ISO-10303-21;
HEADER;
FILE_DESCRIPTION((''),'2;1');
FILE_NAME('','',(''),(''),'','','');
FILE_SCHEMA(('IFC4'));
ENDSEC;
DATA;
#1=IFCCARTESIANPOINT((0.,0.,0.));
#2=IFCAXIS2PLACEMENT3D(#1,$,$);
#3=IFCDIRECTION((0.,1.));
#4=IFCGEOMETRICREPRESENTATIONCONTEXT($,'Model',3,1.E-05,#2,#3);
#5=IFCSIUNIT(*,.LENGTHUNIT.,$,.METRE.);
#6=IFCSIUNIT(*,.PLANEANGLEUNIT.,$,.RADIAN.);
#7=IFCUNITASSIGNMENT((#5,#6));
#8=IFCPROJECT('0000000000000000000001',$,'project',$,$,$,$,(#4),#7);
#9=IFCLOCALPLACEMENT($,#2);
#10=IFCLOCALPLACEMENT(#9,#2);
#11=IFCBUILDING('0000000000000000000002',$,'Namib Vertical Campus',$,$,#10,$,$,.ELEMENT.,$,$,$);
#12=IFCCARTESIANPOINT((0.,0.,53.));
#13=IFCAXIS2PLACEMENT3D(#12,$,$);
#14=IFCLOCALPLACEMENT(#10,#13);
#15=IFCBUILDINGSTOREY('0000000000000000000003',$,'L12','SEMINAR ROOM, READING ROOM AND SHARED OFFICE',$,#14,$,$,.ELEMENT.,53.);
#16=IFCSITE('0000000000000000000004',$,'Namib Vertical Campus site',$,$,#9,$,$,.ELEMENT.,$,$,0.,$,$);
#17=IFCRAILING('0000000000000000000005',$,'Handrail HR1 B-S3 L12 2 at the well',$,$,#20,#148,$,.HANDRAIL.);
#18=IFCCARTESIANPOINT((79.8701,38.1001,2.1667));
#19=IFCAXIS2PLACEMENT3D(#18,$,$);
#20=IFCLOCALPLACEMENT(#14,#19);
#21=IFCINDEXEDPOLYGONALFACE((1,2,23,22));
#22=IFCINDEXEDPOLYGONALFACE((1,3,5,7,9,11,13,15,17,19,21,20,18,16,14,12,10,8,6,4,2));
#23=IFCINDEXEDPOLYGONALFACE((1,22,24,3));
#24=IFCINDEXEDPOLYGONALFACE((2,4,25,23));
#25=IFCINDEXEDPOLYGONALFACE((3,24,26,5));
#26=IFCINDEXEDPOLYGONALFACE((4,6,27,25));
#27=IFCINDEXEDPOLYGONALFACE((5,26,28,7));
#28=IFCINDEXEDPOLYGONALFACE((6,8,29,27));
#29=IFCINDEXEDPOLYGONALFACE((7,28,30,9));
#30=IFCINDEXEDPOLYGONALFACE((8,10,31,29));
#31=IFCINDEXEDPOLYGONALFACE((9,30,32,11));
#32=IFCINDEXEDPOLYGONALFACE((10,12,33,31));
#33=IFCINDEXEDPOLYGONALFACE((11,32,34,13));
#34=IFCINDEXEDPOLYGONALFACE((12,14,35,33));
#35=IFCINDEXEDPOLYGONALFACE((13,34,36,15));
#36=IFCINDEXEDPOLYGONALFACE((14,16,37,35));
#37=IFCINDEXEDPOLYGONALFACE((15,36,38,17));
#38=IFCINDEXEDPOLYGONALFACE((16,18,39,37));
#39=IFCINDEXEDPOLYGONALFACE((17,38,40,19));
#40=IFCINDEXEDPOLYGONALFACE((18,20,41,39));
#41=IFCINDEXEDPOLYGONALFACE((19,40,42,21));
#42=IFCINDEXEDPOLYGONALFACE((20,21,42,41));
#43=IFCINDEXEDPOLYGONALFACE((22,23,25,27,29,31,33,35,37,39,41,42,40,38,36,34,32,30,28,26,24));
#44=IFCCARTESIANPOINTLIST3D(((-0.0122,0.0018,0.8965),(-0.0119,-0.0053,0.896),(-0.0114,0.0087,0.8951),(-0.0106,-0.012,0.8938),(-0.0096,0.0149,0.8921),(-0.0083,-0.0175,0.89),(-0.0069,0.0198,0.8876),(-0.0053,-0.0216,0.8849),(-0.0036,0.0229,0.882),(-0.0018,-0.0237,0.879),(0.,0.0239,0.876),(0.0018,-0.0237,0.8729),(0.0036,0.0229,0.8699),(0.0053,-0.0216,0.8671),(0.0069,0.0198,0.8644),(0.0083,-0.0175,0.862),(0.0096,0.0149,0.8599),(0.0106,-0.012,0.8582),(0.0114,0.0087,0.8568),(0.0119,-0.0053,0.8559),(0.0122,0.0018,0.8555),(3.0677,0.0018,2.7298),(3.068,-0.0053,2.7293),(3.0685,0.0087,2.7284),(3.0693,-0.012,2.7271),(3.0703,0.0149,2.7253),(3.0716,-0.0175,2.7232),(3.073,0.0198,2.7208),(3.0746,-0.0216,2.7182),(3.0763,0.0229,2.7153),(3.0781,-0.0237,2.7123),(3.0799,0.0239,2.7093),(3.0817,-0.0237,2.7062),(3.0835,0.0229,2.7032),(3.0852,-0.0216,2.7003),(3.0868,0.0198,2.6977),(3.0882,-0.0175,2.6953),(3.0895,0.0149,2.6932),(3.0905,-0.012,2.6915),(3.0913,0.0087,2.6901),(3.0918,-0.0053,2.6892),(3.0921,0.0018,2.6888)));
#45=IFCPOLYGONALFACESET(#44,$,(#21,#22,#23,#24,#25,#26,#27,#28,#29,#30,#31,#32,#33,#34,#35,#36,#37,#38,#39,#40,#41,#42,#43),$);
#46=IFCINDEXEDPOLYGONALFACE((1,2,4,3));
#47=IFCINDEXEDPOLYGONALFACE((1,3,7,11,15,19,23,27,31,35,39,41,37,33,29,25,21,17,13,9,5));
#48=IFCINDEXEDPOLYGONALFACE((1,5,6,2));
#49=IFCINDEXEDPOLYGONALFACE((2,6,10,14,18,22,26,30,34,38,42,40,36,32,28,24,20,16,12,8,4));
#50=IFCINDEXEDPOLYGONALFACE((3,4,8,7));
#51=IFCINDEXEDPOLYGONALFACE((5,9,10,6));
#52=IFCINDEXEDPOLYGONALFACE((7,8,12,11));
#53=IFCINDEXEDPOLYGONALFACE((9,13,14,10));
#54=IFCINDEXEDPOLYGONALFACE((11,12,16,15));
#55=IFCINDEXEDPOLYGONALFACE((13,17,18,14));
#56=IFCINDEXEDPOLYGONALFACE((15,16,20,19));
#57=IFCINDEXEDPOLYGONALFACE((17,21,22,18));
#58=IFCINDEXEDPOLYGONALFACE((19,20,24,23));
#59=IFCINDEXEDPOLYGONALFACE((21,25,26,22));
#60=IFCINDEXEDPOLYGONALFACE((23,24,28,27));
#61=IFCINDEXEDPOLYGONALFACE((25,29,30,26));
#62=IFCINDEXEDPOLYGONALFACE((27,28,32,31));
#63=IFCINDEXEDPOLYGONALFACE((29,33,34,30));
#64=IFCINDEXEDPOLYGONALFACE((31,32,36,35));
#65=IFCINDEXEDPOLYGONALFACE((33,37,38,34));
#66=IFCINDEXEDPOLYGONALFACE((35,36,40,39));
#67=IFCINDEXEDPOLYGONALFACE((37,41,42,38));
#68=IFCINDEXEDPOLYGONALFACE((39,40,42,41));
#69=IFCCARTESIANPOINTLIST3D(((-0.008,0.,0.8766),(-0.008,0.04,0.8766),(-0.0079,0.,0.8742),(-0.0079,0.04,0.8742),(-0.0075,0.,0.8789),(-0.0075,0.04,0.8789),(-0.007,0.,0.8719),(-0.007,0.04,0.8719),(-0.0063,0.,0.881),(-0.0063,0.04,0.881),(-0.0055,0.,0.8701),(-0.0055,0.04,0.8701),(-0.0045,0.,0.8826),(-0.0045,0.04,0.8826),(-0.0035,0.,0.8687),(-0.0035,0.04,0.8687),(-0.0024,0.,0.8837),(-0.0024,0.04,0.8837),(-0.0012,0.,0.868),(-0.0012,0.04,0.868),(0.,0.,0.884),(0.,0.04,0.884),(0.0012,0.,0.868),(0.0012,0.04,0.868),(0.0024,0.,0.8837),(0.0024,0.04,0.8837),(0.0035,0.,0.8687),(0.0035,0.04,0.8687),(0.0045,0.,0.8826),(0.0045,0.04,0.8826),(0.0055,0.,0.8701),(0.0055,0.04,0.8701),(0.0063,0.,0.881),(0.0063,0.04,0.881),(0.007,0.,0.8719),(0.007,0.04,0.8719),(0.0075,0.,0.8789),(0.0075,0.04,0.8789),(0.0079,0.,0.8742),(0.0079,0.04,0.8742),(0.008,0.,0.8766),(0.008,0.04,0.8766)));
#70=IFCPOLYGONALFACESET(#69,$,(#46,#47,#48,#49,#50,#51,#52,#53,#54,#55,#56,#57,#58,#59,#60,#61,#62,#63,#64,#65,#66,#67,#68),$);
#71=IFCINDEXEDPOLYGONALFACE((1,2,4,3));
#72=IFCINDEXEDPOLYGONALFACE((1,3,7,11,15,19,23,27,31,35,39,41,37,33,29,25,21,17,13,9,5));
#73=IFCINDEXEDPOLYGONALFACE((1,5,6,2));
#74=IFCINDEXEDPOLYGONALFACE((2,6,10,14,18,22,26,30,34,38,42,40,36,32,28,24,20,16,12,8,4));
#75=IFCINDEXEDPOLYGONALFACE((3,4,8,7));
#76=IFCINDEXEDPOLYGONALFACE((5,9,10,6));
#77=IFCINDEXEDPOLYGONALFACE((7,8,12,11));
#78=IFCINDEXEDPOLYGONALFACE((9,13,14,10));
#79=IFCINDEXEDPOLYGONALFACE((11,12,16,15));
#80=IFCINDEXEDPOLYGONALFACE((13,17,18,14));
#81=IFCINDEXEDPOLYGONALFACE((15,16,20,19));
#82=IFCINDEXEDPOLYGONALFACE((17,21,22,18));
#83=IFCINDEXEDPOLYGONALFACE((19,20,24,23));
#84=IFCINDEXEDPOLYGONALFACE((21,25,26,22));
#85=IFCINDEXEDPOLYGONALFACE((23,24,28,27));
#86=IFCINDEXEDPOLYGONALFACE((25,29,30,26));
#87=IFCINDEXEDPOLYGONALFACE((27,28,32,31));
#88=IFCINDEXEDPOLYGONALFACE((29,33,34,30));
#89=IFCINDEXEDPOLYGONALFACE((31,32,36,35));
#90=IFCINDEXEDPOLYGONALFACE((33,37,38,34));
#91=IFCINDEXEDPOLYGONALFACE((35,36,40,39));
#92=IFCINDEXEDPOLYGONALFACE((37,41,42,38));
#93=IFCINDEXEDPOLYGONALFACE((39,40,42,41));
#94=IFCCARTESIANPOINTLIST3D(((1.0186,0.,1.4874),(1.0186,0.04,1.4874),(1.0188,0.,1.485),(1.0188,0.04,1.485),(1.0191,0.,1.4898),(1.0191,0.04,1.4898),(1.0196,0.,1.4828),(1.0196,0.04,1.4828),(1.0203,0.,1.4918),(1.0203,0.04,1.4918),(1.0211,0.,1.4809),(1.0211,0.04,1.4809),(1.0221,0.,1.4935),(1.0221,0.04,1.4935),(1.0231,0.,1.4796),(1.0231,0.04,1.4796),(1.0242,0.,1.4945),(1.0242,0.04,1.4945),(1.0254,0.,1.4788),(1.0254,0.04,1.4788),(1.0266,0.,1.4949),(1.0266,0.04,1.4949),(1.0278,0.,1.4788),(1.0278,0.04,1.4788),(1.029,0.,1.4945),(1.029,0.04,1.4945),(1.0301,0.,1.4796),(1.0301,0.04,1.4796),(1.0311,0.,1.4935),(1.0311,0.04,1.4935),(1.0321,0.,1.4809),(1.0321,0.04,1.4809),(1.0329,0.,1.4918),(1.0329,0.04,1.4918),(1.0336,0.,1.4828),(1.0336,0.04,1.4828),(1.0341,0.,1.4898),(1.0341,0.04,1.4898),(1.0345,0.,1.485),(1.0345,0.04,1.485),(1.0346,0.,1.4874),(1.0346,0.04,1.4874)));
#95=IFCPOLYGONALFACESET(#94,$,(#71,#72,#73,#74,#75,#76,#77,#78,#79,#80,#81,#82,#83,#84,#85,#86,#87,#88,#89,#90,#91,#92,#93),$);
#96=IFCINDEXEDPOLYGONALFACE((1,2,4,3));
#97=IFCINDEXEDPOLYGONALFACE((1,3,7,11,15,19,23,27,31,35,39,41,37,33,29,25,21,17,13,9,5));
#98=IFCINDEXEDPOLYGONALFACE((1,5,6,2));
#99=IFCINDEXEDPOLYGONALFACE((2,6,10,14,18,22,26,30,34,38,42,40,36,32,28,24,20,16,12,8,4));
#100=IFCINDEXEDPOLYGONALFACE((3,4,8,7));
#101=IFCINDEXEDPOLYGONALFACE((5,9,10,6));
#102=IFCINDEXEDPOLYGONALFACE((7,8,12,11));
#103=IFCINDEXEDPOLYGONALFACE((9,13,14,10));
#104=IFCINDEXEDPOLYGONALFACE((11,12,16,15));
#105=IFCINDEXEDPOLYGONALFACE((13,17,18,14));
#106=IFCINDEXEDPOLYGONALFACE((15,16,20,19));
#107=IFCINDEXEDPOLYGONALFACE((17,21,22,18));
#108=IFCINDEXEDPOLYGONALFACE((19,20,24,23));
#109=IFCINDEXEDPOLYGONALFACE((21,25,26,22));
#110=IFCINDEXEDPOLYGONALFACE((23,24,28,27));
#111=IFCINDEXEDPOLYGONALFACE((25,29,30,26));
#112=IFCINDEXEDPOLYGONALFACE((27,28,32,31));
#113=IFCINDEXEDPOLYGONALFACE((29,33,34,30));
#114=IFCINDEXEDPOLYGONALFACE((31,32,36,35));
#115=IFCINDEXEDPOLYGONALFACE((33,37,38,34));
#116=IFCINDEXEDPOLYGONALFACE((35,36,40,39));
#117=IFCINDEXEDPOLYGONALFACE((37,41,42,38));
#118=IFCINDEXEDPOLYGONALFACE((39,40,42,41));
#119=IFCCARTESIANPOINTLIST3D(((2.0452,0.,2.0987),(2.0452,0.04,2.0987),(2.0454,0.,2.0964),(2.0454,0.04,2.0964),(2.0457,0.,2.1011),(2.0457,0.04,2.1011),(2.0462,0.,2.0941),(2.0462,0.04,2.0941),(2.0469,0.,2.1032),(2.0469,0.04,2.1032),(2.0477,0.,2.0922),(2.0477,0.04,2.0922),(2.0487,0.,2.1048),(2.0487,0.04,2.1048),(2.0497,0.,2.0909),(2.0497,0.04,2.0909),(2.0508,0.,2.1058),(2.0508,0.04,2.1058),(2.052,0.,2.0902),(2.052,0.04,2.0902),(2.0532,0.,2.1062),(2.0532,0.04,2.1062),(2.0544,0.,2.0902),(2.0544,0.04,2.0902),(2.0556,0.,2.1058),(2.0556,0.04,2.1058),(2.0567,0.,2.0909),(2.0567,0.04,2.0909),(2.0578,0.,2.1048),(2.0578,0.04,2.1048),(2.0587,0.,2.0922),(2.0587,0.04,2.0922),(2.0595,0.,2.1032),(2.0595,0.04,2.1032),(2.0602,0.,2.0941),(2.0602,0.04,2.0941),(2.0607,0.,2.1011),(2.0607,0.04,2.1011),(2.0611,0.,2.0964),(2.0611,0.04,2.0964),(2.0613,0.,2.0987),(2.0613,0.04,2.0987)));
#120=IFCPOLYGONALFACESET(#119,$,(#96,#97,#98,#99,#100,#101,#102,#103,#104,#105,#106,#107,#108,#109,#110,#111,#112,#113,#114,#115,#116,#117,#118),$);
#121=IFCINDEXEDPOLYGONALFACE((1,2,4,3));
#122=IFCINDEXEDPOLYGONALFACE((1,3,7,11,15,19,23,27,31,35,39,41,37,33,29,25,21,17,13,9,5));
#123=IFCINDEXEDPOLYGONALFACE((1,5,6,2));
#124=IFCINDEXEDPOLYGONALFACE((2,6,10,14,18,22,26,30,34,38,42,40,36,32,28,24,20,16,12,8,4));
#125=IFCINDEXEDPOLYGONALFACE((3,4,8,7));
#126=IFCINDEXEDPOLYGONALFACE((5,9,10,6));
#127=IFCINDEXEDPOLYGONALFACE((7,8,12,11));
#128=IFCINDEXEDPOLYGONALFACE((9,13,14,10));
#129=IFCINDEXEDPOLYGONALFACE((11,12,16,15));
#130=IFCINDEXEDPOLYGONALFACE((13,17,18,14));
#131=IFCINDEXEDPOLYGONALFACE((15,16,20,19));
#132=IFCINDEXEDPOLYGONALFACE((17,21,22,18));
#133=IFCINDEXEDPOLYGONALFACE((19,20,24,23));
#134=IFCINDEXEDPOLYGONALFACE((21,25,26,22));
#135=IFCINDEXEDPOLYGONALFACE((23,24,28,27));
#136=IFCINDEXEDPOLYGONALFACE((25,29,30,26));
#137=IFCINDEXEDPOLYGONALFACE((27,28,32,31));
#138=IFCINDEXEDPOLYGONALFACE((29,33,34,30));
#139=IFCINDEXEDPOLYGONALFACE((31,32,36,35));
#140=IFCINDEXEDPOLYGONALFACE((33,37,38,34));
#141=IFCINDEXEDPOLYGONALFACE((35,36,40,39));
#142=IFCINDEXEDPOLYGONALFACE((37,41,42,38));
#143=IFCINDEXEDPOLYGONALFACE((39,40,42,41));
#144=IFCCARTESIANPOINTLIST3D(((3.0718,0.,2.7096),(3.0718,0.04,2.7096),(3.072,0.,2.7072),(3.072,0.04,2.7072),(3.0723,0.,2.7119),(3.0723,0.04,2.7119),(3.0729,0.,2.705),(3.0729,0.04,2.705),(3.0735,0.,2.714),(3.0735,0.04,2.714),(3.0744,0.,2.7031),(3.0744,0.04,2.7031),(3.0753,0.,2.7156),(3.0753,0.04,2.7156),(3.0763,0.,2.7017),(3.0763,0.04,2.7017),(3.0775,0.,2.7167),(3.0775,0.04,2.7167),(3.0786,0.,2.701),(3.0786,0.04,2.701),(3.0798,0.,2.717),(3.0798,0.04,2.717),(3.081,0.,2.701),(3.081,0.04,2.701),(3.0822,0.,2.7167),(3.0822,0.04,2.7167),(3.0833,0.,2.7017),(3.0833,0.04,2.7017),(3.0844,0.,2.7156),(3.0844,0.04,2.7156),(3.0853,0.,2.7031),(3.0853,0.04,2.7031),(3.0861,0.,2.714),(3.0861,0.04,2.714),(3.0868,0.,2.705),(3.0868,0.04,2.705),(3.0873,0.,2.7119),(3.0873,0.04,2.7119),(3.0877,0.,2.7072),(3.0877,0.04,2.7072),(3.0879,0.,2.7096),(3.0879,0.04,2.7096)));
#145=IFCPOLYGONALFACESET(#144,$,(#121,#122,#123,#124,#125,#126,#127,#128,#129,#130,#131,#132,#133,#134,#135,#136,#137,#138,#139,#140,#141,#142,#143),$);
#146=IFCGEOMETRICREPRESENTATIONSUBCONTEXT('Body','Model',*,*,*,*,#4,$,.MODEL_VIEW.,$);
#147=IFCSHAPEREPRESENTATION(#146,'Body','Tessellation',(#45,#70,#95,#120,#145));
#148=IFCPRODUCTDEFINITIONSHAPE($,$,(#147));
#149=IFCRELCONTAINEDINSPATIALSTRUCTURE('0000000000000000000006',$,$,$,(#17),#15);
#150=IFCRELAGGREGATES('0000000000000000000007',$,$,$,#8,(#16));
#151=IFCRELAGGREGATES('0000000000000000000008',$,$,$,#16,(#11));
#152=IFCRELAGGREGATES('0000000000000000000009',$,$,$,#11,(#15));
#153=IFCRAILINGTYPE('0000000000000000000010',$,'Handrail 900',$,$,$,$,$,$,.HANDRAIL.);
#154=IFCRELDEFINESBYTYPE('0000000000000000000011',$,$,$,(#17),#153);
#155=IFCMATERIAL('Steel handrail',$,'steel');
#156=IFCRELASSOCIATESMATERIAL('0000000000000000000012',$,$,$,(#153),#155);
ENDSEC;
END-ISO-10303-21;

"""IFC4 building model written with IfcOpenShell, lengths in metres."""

from ifc_helpers import new_model, si_unit, direction, frame, origin, origin_2d, place, context, subcontext, project, spatial, circle, extrude, material, type_object, element, save


model = new_model("IFC4")

# Units and contexts
model_context = context("Model", 3, precision=1e-05, world=origin(), true_north=direction((0.0, 1.0)))
body_context = subcontext(model_context, "Body", "Model", "MODEL_VIEW")
ifc_project = project(units=[si_unit("LENGTHUNIT", "METRE"), si_unit("PLANEANGLEUNIT", "RADIAN")], contexts=[model_context])

# Site, building, storey
site_placement = place(None, origin())
site = spatial("IfcSite", under=ifc_project, at=site_placement, Name="Namib Vertical Campus site", CompositionType="ELEMENT", RefElevation=0.0)
building_placement = place(site_placement, origin())
building = spatial("IfcBuilding", under=site, at=building_placement, Name="Namib Vertical Campus", CompositionType="ELEMENT")
storey_placement = place(building_placement, frame((0.0, 0.0, 53.0)))
storey = spatial("IfcBuildingStorey", under=building, at=storey_placement, Name="L12", Description="SEMINAR ROOM, READING ROOM AND SHARED OFFICE", CompositionType="ELEMENT", Elevation=53.0)

# Railing
ifc_material_1 = material(Name="Steel handrail", Category="steel")
railing_type_1 = type_object("IfcRailingType", Name="Handrail 900", PredefinedType="HANDRAIL", material=ifc_material_1)
railing_1_placement = place(storey_placement, frame((79.8701, 38.1001, 2.1667)))
element("IfcRailing", 1, at=railing_1_placement, inside=storey, type_object=railing_type_1, Name="Handrail HR1 B-S3 L12 2 at the well", PredefinedType="HANDRAIL", context=body_context, shape_type="SweptSolid", body=[
    extrude(circle(Radius=0.0239, at=origin_2d()), frame((0.0, 0.0, 0.876), z_axis=(0.859291, 0.0, 0.511487), x_axis=(0.0, 1.0, 0.0)), (0.0, 0.0, 1.0), 3.5842),
    extrude(circle(Radius=0.0081, at=origin_2d()), frame((0.0, 0.0, 0.876), z_axis=(0.0, 1.0, 0.0), x_axis=(0.0, 0.0, 1.0)), (0.0, 0.0, 1.0), 0.04),
    extrude(circle(Radius=0.0081, at=origin_2d()), frame((1.0266, 0.0, 1.4868), z_axis=(0.0, 1.0, 0.0), x_axis=(0.0, 0.0, 1.0)), (0.0, 0.0, 1.0), 0.04),
    extrude(circle(Radius=0.0081, at=origin_2d()), frame((2.0532, 0.0, 2.0981), z_axis=(0.0, 1.0, 0.0), x_axis=(0.0, 0.0, 1.0)), (0.0, 0.0, 1.0), 0.04),
    extrude(circle(Radius=0.0081, at=origin_2d()), frame((3.0798, 0.0, 2.709), z_axis=(0.0, 1.0, 0.0), x_axis=(0.0, 0.0, 1.0)), (0.0, 0.0, 1.0), 0.04),
])

save(model, "model.ifc")
